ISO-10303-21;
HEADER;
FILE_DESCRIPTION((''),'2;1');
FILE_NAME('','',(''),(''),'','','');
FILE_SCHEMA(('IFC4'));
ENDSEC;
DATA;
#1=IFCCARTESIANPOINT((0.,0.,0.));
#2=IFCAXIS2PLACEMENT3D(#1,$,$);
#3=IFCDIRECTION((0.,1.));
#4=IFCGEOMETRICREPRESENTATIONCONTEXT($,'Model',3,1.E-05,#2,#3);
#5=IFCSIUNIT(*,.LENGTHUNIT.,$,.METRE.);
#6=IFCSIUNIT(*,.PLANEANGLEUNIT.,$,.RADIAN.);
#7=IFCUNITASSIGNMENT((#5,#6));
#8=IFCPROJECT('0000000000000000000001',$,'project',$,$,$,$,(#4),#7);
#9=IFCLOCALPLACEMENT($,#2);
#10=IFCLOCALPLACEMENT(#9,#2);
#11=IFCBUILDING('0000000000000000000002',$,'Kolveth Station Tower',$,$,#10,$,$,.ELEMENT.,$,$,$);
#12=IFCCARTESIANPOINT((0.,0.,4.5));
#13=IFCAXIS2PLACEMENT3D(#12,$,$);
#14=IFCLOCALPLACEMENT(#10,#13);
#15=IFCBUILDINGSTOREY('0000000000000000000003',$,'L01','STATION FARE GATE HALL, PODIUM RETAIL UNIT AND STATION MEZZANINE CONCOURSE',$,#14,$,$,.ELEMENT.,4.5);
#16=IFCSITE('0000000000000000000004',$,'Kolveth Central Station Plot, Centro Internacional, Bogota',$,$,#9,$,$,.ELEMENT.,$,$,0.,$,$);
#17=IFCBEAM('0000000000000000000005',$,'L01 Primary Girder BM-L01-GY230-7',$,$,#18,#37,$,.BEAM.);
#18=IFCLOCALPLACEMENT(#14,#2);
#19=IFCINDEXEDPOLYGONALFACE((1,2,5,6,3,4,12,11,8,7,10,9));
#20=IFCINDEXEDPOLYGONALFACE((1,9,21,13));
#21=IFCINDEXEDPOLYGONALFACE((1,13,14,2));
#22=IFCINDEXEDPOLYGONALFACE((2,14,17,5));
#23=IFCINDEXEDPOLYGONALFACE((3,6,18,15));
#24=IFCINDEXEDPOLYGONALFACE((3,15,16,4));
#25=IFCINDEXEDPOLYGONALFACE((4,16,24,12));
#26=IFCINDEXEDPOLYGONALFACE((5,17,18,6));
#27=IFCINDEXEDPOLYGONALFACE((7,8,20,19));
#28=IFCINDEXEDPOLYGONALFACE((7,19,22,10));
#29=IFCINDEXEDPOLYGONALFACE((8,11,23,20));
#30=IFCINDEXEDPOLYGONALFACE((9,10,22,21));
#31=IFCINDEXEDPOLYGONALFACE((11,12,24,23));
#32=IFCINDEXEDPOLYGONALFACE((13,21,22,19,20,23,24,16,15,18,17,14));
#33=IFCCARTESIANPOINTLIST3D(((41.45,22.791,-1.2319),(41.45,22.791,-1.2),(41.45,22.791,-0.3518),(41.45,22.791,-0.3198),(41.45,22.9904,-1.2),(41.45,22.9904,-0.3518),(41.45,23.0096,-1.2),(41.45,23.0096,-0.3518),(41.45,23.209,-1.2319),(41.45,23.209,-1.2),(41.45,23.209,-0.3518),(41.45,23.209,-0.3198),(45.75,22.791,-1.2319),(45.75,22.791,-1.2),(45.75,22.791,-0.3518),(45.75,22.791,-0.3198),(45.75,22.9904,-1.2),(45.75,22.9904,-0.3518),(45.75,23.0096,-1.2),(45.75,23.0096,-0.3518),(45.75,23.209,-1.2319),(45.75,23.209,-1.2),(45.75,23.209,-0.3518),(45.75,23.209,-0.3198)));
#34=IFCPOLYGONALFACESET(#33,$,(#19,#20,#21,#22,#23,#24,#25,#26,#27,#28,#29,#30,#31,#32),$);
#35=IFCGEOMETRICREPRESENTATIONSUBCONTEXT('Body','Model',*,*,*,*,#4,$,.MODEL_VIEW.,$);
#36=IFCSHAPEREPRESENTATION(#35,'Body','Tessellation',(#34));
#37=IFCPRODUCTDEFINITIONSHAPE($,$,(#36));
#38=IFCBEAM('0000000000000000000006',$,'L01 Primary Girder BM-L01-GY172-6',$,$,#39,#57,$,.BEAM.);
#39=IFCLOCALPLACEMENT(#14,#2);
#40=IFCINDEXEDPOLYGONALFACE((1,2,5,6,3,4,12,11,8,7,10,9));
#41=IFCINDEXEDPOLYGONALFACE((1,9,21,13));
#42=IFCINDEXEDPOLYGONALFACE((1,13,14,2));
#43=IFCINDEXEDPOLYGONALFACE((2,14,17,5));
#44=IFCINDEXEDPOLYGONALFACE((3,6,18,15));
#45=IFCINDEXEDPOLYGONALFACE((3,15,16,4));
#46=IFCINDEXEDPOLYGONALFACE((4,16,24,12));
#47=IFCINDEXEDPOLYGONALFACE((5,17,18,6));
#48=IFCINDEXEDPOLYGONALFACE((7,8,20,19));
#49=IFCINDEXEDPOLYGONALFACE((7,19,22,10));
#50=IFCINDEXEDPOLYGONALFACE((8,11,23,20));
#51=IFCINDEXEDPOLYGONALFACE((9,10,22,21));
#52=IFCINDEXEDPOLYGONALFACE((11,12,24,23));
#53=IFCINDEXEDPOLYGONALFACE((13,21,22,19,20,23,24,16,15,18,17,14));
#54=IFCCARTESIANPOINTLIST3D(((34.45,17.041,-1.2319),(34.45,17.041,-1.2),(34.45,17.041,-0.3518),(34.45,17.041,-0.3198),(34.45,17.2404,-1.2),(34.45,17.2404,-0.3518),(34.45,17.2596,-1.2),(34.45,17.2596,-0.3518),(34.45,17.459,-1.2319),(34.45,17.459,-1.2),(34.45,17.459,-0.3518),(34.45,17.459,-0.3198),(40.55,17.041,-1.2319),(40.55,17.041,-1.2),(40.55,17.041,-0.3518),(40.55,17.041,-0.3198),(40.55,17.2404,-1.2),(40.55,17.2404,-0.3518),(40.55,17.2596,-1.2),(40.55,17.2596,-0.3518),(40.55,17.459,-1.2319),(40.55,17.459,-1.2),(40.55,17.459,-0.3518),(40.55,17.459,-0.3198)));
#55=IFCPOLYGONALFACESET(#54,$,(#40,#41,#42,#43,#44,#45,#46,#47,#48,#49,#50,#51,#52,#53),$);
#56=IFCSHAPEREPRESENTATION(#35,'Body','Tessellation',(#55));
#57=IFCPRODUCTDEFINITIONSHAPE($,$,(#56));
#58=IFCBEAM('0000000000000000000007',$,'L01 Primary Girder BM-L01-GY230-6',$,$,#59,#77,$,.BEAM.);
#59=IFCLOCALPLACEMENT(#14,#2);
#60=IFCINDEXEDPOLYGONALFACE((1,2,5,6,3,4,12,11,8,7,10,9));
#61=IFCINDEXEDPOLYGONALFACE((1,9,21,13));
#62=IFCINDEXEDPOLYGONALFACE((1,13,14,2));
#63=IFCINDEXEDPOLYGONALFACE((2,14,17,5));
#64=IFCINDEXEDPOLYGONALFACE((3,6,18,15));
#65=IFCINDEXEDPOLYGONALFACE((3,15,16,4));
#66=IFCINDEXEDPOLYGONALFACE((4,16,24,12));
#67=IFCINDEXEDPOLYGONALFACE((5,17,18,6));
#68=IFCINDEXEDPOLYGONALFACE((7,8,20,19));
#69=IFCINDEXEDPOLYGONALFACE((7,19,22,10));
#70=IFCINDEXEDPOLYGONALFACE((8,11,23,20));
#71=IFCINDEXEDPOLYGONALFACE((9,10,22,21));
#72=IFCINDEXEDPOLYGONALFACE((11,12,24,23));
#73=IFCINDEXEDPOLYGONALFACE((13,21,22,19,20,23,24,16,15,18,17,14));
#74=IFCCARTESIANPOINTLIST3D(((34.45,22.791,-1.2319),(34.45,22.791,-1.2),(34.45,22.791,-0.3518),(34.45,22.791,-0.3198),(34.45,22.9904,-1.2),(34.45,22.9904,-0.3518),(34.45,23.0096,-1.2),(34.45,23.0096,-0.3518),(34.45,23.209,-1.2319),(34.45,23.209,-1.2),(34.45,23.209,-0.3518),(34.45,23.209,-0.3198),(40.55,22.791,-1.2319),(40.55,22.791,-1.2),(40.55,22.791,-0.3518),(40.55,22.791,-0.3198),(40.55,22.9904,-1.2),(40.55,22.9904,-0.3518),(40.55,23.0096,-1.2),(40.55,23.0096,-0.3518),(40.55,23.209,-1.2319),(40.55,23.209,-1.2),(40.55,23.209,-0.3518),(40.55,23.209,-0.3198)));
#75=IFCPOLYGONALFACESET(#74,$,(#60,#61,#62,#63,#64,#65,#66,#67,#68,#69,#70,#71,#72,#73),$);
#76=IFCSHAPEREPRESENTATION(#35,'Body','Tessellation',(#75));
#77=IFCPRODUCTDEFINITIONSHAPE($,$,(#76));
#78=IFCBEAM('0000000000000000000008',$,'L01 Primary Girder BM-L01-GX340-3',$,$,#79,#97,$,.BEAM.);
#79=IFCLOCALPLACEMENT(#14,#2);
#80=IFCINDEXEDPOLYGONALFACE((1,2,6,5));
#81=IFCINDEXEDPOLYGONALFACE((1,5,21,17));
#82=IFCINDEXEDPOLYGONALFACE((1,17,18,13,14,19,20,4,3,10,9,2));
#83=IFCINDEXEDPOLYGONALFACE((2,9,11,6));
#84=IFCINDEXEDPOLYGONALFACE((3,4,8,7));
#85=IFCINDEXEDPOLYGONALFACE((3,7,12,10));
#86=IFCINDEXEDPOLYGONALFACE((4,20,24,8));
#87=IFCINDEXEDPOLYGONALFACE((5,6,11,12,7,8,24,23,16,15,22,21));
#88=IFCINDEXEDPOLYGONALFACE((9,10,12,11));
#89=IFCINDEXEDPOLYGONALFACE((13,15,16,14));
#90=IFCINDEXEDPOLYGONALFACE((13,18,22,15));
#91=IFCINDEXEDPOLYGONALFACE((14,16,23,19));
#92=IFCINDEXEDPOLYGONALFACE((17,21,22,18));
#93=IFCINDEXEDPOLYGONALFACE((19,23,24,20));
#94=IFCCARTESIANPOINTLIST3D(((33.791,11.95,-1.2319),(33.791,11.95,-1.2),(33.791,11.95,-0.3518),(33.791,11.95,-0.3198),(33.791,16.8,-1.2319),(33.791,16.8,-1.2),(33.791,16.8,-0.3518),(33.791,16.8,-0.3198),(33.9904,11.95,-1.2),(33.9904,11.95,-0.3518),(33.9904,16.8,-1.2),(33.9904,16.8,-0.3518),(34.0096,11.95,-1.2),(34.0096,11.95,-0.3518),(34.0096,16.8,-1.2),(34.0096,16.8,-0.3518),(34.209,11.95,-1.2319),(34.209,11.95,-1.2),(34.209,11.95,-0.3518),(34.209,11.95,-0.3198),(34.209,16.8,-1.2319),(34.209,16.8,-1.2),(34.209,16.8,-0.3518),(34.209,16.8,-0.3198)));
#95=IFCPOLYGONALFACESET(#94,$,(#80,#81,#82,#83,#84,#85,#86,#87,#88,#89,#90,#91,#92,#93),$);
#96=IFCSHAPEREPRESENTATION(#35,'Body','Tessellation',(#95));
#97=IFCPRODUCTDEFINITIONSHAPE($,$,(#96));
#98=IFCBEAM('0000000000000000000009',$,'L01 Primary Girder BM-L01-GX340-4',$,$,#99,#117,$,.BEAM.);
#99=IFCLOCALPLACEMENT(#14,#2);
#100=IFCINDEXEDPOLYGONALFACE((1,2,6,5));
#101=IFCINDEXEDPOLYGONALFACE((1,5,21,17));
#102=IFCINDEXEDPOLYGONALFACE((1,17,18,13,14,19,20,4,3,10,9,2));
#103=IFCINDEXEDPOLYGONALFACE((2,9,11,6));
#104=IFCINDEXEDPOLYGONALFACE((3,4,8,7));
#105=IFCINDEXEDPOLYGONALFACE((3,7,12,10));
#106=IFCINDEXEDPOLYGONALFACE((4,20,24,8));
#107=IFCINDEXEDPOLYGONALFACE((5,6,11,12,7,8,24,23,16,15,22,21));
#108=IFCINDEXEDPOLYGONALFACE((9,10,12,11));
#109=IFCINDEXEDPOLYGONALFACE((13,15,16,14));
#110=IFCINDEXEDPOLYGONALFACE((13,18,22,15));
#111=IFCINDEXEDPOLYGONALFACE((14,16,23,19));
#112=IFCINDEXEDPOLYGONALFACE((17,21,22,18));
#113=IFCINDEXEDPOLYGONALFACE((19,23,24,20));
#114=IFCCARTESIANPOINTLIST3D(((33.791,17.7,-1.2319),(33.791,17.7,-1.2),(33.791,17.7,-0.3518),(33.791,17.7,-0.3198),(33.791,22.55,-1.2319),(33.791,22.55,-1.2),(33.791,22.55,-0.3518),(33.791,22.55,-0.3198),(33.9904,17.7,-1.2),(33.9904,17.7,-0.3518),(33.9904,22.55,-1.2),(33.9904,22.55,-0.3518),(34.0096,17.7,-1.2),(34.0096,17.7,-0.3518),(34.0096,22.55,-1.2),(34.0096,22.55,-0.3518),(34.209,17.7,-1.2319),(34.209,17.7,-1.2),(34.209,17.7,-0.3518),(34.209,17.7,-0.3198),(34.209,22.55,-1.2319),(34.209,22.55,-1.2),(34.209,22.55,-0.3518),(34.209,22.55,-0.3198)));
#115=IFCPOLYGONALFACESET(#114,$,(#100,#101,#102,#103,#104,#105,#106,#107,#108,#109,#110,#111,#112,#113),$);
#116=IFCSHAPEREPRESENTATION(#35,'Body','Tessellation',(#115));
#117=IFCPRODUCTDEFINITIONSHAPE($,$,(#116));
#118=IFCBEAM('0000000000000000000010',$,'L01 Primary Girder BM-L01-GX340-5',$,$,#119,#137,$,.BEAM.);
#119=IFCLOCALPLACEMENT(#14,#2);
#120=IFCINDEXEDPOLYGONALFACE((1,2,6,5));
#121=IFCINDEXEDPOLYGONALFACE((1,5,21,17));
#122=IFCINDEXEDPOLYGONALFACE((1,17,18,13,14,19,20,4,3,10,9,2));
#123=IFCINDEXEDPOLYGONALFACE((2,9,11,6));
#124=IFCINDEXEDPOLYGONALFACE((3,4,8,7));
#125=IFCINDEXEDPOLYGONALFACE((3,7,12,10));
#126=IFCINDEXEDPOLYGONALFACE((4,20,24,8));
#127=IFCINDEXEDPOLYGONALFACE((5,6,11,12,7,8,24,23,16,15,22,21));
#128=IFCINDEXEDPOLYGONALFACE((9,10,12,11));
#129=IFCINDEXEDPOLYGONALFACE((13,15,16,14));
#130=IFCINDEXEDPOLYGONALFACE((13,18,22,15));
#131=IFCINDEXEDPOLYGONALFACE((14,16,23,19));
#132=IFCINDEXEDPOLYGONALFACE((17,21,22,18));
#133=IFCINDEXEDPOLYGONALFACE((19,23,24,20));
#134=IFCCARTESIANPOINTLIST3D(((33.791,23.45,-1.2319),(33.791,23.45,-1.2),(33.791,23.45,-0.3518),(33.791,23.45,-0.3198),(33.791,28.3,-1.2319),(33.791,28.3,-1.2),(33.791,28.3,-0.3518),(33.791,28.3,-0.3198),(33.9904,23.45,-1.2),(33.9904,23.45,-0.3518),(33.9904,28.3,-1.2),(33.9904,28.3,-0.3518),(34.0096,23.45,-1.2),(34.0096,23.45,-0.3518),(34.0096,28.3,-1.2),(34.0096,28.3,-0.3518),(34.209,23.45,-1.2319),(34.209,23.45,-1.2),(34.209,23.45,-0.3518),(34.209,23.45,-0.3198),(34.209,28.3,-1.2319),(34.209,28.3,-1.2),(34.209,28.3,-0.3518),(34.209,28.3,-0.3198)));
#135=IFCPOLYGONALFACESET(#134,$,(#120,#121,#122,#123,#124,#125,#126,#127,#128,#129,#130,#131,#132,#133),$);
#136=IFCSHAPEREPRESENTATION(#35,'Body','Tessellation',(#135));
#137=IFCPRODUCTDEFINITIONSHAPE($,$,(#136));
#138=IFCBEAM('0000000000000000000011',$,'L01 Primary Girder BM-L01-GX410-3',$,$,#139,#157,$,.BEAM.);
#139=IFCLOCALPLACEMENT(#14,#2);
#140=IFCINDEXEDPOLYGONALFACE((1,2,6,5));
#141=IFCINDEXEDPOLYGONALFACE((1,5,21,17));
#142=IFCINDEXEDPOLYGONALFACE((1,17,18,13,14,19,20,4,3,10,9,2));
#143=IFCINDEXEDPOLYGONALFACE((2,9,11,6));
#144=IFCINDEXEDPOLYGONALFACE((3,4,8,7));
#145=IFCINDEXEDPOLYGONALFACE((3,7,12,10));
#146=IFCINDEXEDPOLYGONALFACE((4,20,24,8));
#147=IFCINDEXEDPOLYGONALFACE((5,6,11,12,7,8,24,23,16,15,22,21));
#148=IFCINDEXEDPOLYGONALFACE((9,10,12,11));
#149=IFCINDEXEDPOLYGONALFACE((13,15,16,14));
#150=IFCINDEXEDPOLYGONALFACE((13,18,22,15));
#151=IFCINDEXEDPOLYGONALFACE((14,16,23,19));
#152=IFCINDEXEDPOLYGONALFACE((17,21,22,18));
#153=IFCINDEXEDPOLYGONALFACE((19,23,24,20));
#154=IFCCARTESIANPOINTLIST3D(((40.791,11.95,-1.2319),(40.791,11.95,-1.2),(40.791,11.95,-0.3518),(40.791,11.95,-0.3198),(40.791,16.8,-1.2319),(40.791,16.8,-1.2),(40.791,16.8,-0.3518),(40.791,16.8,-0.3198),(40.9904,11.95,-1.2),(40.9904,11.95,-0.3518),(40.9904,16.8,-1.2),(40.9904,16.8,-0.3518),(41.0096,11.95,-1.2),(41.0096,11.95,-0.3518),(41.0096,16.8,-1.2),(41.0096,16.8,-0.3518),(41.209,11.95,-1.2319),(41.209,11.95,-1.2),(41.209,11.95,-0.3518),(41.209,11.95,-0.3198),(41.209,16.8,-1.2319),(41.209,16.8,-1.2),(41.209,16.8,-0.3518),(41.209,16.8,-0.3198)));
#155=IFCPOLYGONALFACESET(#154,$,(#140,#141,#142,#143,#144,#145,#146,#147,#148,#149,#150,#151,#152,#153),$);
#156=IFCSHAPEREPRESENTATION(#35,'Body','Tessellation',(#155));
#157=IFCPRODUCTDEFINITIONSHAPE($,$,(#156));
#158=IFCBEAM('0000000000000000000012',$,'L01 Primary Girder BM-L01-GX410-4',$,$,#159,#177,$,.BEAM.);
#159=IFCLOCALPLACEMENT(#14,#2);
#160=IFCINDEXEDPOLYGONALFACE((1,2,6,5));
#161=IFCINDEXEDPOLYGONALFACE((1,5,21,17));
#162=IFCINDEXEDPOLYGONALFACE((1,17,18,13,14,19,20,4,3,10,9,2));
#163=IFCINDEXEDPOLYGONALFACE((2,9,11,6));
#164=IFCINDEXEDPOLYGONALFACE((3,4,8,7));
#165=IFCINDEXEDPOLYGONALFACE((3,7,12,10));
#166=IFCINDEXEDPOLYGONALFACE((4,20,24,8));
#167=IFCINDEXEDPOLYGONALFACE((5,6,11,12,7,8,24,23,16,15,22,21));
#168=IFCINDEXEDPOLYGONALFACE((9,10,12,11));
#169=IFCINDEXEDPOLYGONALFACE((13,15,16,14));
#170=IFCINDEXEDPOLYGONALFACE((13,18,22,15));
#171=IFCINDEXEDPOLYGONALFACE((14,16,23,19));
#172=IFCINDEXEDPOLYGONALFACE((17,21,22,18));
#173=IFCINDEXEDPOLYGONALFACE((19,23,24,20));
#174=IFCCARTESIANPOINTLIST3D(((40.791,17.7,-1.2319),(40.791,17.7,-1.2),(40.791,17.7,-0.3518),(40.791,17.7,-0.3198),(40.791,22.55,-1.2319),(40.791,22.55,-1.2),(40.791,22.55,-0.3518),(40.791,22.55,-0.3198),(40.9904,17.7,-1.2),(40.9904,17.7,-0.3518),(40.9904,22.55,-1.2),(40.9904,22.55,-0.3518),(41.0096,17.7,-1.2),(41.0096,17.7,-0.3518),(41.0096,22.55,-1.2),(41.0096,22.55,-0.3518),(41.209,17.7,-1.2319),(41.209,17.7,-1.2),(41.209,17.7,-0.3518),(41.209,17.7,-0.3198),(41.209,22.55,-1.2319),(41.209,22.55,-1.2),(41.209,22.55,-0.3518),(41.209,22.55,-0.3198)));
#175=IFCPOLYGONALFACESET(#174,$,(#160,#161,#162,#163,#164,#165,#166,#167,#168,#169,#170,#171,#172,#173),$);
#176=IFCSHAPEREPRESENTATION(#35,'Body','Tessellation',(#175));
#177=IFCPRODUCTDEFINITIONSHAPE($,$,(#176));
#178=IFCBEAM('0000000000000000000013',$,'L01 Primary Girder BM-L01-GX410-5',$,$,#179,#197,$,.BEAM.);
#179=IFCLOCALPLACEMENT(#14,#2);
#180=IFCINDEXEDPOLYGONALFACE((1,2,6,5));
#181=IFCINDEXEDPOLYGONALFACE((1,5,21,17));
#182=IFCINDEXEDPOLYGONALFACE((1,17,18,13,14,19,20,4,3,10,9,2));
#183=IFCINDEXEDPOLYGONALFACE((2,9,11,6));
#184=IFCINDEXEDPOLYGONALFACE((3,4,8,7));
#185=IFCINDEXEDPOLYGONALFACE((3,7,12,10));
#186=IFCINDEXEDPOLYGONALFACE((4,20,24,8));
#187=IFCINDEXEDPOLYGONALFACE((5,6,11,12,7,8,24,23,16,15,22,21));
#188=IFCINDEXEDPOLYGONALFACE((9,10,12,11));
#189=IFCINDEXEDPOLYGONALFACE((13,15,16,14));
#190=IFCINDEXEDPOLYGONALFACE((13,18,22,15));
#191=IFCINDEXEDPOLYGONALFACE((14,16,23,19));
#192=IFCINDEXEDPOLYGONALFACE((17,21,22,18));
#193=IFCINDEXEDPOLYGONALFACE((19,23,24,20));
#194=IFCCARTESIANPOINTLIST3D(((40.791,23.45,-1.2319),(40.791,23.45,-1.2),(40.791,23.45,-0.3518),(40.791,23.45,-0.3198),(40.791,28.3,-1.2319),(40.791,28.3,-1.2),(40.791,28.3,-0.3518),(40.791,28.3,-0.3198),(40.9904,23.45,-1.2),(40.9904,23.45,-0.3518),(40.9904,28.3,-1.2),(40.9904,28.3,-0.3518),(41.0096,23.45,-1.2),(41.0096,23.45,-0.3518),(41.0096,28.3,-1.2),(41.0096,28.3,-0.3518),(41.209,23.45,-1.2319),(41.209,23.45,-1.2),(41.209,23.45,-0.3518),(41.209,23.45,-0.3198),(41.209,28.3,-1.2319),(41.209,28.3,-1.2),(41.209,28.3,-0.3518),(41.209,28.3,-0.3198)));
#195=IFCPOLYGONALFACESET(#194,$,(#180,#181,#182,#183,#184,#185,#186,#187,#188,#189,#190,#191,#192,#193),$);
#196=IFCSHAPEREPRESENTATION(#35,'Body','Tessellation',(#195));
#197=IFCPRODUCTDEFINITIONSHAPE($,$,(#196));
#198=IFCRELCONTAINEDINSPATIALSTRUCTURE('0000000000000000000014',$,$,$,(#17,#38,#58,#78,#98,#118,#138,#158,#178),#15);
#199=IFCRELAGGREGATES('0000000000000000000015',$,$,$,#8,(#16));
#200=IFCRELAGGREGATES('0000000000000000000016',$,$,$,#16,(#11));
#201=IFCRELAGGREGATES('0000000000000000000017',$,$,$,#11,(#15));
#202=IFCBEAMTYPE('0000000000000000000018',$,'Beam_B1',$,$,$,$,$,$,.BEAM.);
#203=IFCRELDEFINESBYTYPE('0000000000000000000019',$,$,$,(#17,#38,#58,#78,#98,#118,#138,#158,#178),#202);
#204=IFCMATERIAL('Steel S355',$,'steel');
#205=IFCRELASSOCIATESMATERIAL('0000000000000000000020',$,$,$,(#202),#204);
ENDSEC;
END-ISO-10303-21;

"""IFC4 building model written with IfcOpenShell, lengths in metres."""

from ifc_helpers import new_model, si_unit, direction, frame, origin, origin_2d, place, context, subcontext, project, spatial, i_section, extrude, source, transform, mapped, material, material_profile, profile_set, type_object, element, save


model = new_model("IFC4")

# Units and contexts
model_context = context("Model", 3, precision=1e-05, world=origin(), true_north=direction((0.0, 1.0)))
body_context = subcontext(model_context, "Body", "Model", "MODEL_VIEW")
ifc_project = project(units=[si_unit("LENGTHUNIT", "METRE"), si_unit("PLANEANGLEUNIT", "RADIAN")], contexts=[model_context])

# Site, building, storey
site_placement = place(None, origin())
site = spatial("IfcSite", under=ifc_project, at=site_placement, Name="Kolveth Central Station Plot, Centro Internacional, Bogota", CompositionType="ELEMENT", RefElevation=0.0)
building_placement = place(site_placement, origin())
building = spatial("IfcBuilding", under=site, at=building_placement, Name="Kolveth Station Tower", CompositionType="ELEMENT")
storey_placement = place(building_placement, frame((0.0, 0.0, 4.5)))
storey = spatial("IfcBuildingStorey", under=building, at=storey_placement, Name="L01", Description="STATION FARE GATE HALL, PODIUM RETAIL UNIT AND STATION MEZZANINE CONCOURSE", CompositionType="ELEMENT", Elevation=4.5)

# Beams
ifc_material_1 = material(Name="Steel S355", Category="steel")
ifc_material_profile_1 = material_profile(ifc_material_1, i_section(OverallWidth=0.418, OverallDepth=0.9121, WebThickness=0.0193, FlangeThickness=0.032, at=origin_2d()), Name="W920x342")
ifc_profile_set_1 = profile_set([ifc_material_profile_1], Name="Steel S355")
beam_type_1 = type_object("IfcBeamType", Name="Beam_B1", PredefinedType="BEAM", material=ifc_profile_set_1)
shared_shape_1 = source(origin(), body_context, "Body", "SweptSolid", [
    extrude(i_section(OverallWidth=0.418, OverallDepth=0.9121, WebThickness=0.0193, FlangeThickness=0.032, at=origin_2d()), origin(), (0.0, 0.0, 1.0), 4.3),
])
for number, where, z_axis, x_axis, name in (
    (1, (41.45, 23.0, -0.7759), (1.0, 0.0, 0.0), (0.0, 1.0, 0.0), "L01 Primary Girder BM-L01-GY230-7"),
):
    element("IfcBeam", number, at=place(storey_placement, frame(where, z_axis=z_axis, x_axis=x_axis)), inside=storey, type_object=beam_type_1, Name=name, PredefinedType="BEAM", context=body_context, shape_type="MappedRepresentation", body=[
        mapped(shared_shape_1, transform((0.0, 0.0, 0.0), x_axis=(1.0, 0.0, 0.0), y_axis=(0.0, 1.0, 0.0), z_axis=(0.0, 0.0, 1.0), scale=1.0)),
    ])
shared_shape_2 = source(origin(), body_context, "Body", "SweptSolid", [
    extrude(i_section(OverallWidth=0.418, OverallDepth=0.9121, WebThickness=0.0193, FlangeThickness=0.032, at=origin_2d()), origin(), (0.0, 0.0, 1.0), 6.1001),
])
for number, where, z_axis, x_axis, name in (
    (2, (34.45, 17.25, -0.7759), (1.0, 0.0, 0.0), (0.0, 1.0, 0.0), "L01 Primary Girder BM-L01-GY172-6"),
    (3, (34.45, 23.0, -0.7759), (1.0, 0.0, 0.0), (0.0, 1.0, 0.0), "L01 Primary Girder BM-L01-GY230-6"),
):
    element("IfcBeam", number, at=place(storey_placement, frame(where, z_axis=z_axis, x_axis=x_axis)), inside=storey, type_object=beam_type_1, Name=name, PredefinedType="BEAM", context=body_context, shape_type="MappedRepresentation", body=[
        mapped(shared_shape_2, transform((0.0, 0.0, 0.0), x_axis=(1.0, 0.0, 0.0), y_axis=(0.0, 1.0, 0.0), z_axis=(0.0, 0.0, 1.0), scale=1.0)),
    ])
shared_shape_3 = source(origin(), body_context, "Body", "SweptSolid", [
    extrude(i_section(OverallWidth=0.418, OverallDepth=0.9121, WebThickness=0.0193, FlangeThickness=0.032, at=origin_2d()), origin(), (0.0, 0.0, 1.0), 4.8501),
])
for number, where, z_axis, x_axis, name in (
    (4, (34.0, 11.95, -0.7759), (0.0, 1.0, 0.0), (-1.0, 0.0, 0.0), "L01 Primary Girder BM-L01-GX340-3"),
    (5, (34.0, 17.7, -0.7759), (0.0, 1.0, 0.0), (-1.0, 0.0, 0.0), "L01 Primary Girder BM-L01-GX340-4"),
    (6, (34.0, 23.45, -0.7759), (0.0, 1.0, 0.0), (-1.0, 0.0, 0.0), "L01 Primary Girder BM-L01-GX340-5"),
    (7, (41.0, 11.95, -0.7759), (0.0, 1.0, 0.0), (-1.0, 0.0, 0.0), "L01 Primary Girder BM-L01-GX410-3"),
    (8, (41.0, 17.7, -0.7759), (0.0, 1.0, 0.0), (-1.0, 0.0, 0.0), "L01 Primary Girder BM-L01-GX410-4"),
    (9, (41.0, 23.45, -0.7759), (0.0, 1.0, 0.0), (-1.0, 0.0, 0.0), "L01 Primary Girder BM-L01-GX410-5"),
):
    element("IfcBeam", number, at=place(storey_placement, frame(where, z_axis=z_axis, x_axis=x_axis)), inside=storey, type_object=beam_type_1, Name=name, PredefinedType="BEAM", context=body_context, shape_type="MappedRepresentation", body=[
        mapped(shared_shape_3, transform((0.0, 0.0, 0.0), x_axis=(1.0, 0.0, 0.0), y_axis=(0.0, 1.0, 0.0), z_axis=(0.0, 0.0, 1.0), scale=1.0)),
    ])

save(model, "model.ifc")
